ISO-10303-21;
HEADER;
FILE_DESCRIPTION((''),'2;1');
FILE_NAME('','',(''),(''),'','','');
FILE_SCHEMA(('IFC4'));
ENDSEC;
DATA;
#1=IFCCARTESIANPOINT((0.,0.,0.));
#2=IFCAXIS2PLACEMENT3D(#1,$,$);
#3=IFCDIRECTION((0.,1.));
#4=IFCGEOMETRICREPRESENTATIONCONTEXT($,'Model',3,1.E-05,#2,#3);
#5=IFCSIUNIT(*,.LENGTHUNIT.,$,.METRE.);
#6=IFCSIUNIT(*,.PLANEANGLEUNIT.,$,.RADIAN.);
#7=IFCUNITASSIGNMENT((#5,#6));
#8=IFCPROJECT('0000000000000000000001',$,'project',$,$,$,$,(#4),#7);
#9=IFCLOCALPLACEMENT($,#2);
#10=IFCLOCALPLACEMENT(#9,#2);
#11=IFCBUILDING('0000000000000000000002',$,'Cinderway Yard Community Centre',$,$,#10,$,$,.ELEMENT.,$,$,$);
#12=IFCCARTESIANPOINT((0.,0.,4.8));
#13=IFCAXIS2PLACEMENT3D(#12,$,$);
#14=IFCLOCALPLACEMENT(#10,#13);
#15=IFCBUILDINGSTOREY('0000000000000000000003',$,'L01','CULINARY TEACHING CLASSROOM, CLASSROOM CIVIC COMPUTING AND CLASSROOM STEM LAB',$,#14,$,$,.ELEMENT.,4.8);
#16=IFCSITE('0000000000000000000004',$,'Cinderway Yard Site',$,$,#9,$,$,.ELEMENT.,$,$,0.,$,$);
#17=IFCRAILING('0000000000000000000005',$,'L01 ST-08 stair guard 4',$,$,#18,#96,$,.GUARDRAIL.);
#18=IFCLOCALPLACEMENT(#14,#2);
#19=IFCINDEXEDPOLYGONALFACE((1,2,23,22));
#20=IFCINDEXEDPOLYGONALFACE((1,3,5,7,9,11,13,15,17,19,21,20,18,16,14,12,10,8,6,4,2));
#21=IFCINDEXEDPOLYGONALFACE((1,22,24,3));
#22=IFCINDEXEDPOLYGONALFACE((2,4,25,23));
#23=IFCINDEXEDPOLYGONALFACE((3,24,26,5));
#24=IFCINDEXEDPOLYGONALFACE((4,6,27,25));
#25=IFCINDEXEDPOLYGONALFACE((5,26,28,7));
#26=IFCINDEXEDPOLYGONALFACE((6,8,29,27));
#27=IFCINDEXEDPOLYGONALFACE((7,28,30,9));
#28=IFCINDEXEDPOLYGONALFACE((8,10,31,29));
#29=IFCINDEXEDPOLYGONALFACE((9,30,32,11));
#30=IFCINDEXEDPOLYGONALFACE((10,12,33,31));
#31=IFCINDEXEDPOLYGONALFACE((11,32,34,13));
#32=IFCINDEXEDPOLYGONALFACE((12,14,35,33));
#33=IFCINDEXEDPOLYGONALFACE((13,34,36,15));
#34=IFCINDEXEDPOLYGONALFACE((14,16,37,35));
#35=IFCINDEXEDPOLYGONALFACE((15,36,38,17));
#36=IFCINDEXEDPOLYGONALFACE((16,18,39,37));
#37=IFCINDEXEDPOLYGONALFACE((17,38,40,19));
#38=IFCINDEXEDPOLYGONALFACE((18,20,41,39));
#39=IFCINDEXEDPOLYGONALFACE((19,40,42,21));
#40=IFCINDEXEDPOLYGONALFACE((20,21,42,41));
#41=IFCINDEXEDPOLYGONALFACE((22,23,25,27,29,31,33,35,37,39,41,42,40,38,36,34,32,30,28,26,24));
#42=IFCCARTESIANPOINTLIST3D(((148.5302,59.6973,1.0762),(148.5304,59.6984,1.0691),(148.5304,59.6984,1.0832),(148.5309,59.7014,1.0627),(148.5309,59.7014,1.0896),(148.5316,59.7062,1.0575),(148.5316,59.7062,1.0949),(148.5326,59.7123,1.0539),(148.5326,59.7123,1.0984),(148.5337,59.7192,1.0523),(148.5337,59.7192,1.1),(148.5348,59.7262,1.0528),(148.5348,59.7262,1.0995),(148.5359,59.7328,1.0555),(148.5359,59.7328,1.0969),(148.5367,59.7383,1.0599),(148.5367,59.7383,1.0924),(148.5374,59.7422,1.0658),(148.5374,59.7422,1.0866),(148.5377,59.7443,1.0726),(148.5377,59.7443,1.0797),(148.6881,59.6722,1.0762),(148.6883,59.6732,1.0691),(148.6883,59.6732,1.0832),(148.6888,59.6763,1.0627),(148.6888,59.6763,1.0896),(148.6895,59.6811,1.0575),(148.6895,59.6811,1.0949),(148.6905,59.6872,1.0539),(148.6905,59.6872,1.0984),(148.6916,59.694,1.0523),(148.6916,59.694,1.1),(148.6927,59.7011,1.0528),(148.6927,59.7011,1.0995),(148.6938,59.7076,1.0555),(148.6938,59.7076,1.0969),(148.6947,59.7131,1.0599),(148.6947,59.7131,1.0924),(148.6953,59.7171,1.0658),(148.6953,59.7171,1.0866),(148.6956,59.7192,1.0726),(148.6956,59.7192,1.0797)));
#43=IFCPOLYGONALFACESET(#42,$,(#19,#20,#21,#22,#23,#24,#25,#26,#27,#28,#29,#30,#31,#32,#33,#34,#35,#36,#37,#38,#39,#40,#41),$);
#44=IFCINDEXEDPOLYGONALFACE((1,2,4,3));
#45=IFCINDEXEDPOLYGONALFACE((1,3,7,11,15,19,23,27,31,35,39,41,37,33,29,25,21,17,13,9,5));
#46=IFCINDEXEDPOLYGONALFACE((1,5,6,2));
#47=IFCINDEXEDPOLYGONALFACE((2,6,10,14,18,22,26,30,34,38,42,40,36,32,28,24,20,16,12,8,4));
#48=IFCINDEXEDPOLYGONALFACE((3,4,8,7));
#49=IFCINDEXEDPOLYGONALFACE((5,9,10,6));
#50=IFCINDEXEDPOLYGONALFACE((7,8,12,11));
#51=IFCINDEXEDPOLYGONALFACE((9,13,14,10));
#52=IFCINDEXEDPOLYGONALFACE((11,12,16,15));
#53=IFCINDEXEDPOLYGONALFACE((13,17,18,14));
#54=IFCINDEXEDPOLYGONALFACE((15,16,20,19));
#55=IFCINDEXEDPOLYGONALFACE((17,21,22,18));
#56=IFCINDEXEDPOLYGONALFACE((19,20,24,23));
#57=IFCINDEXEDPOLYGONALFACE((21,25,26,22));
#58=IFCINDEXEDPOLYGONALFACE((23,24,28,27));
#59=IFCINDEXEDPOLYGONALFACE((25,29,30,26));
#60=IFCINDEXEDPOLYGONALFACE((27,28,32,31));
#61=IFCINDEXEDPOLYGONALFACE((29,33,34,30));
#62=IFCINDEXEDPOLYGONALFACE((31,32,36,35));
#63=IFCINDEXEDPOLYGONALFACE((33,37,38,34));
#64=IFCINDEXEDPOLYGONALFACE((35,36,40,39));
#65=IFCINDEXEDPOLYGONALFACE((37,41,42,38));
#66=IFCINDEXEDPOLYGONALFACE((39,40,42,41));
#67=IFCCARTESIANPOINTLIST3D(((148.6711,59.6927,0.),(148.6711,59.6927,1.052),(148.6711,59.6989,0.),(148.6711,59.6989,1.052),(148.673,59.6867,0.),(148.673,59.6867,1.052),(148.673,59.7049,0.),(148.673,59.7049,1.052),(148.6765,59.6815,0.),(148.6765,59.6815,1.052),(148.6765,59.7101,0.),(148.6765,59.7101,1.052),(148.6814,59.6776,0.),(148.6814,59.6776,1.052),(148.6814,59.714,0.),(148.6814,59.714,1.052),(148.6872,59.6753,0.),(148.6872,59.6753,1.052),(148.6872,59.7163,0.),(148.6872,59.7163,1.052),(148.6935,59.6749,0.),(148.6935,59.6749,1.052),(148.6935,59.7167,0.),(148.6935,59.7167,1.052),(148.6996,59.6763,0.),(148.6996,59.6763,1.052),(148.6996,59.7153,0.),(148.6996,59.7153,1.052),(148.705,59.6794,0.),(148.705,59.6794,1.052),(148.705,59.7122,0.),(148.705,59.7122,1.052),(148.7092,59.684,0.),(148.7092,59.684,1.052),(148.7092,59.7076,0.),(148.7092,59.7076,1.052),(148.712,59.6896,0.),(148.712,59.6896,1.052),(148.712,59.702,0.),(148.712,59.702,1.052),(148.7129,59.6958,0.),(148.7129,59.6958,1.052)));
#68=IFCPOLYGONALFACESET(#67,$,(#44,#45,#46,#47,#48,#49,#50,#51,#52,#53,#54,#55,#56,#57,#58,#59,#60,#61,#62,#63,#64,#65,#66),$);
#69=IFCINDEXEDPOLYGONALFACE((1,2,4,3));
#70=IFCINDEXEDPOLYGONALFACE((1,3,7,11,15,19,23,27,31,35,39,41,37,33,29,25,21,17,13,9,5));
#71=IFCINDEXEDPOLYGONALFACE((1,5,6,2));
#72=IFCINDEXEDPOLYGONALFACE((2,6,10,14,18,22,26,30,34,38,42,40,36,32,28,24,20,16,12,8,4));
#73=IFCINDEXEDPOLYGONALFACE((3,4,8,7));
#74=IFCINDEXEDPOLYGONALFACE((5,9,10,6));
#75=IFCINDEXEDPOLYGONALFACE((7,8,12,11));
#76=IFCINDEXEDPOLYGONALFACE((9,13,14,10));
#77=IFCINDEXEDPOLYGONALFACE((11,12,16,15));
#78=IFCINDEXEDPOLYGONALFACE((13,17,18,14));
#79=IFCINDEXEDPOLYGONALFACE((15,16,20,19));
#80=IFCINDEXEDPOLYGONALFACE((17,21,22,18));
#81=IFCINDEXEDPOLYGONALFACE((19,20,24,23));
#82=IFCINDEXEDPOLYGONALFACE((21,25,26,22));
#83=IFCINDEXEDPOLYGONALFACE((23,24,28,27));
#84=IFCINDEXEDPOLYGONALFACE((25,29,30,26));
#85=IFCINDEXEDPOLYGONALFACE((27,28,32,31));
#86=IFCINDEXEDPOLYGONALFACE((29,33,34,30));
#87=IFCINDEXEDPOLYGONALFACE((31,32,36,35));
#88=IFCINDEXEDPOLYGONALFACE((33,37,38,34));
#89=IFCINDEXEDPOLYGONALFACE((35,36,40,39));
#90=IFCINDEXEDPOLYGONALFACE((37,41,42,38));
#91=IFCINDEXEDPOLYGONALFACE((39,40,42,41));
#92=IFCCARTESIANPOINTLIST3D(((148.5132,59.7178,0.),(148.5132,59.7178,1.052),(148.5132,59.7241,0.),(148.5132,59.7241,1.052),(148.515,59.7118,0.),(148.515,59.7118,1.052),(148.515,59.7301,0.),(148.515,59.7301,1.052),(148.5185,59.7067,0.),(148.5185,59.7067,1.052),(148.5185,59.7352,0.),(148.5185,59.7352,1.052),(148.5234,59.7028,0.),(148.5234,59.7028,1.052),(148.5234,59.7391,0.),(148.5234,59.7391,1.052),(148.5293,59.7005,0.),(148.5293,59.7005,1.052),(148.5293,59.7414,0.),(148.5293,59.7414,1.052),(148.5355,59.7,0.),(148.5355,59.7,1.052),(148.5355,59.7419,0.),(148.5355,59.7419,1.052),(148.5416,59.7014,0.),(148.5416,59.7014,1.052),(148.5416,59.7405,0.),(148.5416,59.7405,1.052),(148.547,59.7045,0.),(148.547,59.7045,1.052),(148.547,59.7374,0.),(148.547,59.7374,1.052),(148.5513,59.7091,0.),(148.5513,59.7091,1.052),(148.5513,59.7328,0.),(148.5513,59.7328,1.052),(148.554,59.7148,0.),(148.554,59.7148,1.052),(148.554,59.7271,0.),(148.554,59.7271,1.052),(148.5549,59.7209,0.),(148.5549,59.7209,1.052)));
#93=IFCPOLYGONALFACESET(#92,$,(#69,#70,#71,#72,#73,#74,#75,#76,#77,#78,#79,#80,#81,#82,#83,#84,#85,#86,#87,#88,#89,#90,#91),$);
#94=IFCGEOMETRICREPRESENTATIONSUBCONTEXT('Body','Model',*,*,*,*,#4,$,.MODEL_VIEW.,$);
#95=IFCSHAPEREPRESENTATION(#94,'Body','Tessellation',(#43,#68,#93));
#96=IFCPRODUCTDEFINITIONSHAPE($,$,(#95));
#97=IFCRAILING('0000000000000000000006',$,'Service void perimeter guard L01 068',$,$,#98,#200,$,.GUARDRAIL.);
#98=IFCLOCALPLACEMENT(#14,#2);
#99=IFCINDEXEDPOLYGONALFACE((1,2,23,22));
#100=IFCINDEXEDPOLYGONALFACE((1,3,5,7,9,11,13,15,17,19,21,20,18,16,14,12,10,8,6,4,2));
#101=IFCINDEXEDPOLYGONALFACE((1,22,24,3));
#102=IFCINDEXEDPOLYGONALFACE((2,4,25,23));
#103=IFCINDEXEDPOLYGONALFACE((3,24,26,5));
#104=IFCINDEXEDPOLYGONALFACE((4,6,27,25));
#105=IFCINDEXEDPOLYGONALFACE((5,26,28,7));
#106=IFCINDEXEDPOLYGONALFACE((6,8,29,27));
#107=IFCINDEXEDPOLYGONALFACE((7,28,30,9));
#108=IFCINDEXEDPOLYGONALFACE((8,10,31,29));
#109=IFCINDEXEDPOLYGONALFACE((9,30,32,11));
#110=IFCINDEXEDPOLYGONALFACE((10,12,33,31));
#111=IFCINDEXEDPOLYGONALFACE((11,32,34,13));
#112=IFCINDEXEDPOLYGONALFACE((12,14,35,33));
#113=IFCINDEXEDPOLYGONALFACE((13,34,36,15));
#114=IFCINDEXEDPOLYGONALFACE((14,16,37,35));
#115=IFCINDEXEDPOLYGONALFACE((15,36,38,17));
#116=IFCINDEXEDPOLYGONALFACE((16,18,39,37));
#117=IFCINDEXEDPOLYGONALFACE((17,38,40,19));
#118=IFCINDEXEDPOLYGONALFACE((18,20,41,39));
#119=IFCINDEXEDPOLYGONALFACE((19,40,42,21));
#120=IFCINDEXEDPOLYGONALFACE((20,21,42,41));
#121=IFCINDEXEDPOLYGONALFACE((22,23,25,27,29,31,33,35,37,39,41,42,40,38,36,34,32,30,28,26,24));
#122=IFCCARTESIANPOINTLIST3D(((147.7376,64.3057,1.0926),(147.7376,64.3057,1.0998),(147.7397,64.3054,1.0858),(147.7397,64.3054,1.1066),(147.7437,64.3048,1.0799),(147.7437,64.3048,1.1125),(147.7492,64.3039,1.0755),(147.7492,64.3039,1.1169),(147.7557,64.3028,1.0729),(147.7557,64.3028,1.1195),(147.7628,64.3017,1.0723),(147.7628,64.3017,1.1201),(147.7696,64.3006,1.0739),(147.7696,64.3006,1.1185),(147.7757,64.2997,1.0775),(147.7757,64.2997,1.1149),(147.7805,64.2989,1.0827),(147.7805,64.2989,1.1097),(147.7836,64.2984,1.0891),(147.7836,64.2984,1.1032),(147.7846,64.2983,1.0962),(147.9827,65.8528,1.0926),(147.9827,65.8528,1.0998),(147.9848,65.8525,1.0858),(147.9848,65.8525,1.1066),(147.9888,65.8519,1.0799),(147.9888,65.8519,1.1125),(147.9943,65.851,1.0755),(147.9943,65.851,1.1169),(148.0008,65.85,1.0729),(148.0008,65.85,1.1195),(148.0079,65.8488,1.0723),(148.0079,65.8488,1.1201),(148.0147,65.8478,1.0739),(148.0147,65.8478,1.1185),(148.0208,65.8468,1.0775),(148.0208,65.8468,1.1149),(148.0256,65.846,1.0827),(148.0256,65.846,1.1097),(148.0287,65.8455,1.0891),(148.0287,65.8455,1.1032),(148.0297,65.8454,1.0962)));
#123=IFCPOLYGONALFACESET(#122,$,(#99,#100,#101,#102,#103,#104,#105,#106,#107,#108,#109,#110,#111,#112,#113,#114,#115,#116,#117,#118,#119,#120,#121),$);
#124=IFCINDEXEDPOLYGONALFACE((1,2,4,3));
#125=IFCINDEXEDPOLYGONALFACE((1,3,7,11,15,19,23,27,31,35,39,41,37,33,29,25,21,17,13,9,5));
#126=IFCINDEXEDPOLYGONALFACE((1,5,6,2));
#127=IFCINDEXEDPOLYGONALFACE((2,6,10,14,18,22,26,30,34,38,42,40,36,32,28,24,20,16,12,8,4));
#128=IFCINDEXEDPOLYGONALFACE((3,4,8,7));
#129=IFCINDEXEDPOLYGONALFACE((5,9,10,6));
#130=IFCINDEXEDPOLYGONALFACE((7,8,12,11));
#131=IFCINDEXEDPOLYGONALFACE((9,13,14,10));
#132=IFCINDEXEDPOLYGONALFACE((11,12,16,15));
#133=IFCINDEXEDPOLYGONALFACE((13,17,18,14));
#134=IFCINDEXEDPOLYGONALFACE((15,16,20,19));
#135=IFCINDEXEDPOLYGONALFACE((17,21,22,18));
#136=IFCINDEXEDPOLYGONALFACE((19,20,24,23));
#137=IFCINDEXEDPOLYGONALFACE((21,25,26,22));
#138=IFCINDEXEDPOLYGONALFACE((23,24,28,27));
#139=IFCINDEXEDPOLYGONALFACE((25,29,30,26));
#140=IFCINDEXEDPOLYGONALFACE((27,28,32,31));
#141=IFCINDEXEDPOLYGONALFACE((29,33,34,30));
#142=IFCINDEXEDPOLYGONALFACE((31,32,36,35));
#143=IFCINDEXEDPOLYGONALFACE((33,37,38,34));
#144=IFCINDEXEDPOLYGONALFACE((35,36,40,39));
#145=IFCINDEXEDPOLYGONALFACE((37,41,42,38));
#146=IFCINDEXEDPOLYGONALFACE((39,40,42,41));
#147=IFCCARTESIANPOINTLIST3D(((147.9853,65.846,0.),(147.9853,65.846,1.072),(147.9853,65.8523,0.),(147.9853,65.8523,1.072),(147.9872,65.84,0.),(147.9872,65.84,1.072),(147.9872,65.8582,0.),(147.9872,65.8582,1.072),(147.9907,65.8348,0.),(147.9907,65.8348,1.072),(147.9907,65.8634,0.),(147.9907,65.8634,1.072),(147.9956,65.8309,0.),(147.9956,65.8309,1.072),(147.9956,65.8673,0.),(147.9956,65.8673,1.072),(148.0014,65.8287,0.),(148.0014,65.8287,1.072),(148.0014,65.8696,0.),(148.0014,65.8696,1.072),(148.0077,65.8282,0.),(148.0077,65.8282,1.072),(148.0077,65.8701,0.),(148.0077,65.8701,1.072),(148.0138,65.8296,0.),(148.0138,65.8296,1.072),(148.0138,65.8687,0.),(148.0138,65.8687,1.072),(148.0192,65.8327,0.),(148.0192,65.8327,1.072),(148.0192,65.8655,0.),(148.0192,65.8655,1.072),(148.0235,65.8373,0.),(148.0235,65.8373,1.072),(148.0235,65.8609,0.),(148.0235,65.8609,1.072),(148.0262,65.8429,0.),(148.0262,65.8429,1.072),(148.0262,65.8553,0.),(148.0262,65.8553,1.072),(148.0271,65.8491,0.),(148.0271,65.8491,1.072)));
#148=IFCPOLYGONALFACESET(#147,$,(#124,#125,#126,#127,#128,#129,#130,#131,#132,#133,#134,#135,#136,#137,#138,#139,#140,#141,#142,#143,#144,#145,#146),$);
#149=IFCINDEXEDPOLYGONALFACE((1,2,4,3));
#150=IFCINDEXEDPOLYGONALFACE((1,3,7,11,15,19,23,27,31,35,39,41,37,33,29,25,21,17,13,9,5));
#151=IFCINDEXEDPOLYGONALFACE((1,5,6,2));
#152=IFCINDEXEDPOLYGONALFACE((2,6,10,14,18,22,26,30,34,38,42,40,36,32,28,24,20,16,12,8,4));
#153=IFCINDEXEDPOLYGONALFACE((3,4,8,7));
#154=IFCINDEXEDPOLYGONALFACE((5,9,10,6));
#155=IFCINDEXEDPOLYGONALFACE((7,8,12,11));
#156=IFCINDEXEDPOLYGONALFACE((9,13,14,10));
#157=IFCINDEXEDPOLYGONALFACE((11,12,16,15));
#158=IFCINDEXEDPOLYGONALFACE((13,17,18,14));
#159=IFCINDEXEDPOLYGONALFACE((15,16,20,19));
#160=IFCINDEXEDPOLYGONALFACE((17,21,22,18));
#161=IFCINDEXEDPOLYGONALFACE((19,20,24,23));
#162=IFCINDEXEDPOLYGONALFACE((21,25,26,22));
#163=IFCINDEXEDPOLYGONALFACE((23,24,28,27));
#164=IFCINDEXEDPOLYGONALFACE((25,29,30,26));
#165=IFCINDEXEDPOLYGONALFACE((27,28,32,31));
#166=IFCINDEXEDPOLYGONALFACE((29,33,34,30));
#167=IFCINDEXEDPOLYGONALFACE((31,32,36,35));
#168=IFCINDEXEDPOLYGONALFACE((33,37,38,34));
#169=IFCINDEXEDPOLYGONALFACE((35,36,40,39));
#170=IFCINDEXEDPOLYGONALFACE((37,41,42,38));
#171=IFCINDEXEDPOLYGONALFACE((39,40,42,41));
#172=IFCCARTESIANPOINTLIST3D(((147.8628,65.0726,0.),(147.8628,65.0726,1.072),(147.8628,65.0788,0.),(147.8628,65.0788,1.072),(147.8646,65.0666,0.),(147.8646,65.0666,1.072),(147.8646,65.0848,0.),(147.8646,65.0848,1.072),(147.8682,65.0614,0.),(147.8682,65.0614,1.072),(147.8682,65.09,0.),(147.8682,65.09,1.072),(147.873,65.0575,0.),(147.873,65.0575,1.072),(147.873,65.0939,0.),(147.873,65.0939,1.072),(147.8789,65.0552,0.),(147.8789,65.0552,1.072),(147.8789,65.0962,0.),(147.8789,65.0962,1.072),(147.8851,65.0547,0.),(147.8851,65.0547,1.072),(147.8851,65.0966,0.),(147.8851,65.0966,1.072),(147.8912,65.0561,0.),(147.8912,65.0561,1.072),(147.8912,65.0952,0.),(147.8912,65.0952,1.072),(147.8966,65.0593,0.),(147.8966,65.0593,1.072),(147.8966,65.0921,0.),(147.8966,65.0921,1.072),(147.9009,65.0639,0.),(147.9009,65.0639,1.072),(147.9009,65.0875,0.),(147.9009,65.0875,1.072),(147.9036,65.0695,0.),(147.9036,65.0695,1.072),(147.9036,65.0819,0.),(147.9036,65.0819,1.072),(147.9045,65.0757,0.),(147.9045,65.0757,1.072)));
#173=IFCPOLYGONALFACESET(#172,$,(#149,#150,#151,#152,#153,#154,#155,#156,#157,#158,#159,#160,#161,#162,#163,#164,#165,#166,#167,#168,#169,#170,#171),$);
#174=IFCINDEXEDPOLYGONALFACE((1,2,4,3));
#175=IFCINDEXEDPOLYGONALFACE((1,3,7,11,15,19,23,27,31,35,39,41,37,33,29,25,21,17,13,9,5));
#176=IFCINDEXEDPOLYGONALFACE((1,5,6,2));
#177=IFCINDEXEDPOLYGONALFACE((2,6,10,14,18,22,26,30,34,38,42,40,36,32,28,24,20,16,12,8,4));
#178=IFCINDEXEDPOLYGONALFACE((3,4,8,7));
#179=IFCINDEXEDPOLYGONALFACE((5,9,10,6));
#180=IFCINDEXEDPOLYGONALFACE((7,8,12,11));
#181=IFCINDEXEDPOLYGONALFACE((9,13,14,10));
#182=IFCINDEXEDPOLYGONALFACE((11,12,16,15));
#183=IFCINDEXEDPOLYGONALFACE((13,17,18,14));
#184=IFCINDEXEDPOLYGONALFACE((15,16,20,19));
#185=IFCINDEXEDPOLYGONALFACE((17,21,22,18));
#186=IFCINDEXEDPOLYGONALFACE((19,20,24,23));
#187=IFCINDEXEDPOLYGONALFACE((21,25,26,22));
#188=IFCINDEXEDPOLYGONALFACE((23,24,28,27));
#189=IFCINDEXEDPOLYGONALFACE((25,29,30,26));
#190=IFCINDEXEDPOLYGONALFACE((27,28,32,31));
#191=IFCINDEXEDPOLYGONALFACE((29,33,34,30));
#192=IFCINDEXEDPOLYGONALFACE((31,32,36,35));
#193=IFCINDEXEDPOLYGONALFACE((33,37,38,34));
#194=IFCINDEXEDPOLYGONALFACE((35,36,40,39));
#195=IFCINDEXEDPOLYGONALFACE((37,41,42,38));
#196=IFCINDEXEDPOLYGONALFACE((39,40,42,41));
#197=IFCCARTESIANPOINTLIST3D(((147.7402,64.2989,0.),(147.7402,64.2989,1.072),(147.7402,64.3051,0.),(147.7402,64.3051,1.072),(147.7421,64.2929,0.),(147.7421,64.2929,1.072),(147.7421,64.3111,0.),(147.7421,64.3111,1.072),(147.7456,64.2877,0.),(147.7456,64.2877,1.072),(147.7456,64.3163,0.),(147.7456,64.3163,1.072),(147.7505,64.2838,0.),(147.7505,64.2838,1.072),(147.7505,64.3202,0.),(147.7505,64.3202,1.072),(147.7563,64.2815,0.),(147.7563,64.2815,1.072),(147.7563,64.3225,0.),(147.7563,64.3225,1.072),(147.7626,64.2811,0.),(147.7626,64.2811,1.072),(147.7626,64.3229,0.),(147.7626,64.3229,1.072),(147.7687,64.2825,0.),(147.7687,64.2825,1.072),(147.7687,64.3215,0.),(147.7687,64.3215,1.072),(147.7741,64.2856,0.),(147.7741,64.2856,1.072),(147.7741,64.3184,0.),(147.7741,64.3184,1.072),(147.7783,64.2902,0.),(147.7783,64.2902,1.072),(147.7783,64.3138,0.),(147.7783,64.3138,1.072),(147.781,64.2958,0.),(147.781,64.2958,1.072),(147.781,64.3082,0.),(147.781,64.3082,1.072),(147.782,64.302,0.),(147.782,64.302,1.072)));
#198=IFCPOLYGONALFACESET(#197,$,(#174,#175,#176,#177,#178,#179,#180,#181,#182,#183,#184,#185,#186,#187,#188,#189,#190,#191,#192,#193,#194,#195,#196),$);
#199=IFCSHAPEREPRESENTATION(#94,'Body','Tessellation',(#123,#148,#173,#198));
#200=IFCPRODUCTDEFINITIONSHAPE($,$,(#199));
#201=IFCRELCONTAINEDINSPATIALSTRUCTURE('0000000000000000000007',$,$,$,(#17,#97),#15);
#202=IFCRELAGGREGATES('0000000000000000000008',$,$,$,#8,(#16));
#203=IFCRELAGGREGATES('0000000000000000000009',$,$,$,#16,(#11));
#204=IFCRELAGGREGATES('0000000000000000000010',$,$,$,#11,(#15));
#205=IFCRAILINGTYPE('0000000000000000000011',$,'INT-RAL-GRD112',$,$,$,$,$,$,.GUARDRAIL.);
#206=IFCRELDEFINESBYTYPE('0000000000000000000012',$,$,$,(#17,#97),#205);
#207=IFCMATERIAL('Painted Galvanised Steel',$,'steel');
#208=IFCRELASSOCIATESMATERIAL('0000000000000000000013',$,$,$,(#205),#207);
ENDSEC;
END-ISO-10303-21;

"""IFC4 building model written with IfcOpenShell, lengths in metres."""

from ifc_helpers import new_model, si_unit, direction, frame, origin, origin_2d, place, context, subcontext, project, spatial, circle, extrude, material, type_object, element, save


model = new_model("IFC4")

# Units and contexts
model_context = context("Model", 3, precision=1e-05, world=origin(), true_north=direction((0.0, 1.0)))
body_context = subcontext(model_context, "Body", "Model", "MODEL_VIEW")
ifc_project = project(units=[si_unit("LENGTHUNIT", "METRE"), si_unit("PLANEANGLEUNIT", "RADIAN")], contexts=[model_context])

# Site, building, storey
site_placement = place(None, origin())
site = spatial("IfcSite", under=ifc_project, at=site_placement, Name="Cinderway Yard Site", CompositionType="ELEMENT", RefElevation=0.0)
building_placement = place(site_placement, origin())
building = spatial("IfcBuilding", under=site, at=building_placement, Name="Cinderway Yard Community Centre", CompositionType="ELEMENT")
storey_placement = place(building_placement, frame((0.0, 0.0, 4.8)))
storey = spatial("IfcBuildingStorey", under=building, at=storey_placement, Name="L01", Description="CULINARY TEACHING CLASSROOM, CLASSROOM CIVIC COMPUTING AND CLASSROOM STEM LAB", CompositionType="ELEMENT", Elevation=4.8)

# Railings
ifc_material_1 = material(Name="Painted Galvanised Steel", Category="steel")
railing_type_1 = type_object("IfcRailingType", Name="INT-RAL-GRD112", PredefinedType="GUARDRAIL", material=ifc_material_1)
railing_1_placement = place(storey_placement, frame((148.6919, 59.6958, 0.0)))
element("IfcRailing", 1, at=railing_1_placement, inside=storey, type_object=railing_type_1, Name="L01 ST-08 stair guard 4", PredefinedType="GUARDRAIL", context=body_context, shape_type="SweptSolid", body=[
    extrude(circle(Radius=0.0239, at=origin_2d()), frame((0.0, 0.0, 1.0762), z_axis=(-0.987564, 0.157217, 0.0), x_axis=(-0.157217, -0.987564, 0.0)), (0.0, 0.0, 1.0), 0.1599),
    extrude(circle(Radius=0.021, at=origin_2d()), origin(), (0.0, 0.0, 1.0), 1.052),
    extrude(circle(Radius=0.021, at=origin_2d()), frame((-0.158, 0.0251, 0.0)), (0.0, 0.0, 1.0), 1.052),
])
railing_2_placement = place(storey_placement, frame((148.0061, 65.8491, 0.0)))
element("IfcRailing", 2, at=railing_2_placement, inside=storey, type_object=railing_type_1, Name="Service void perimeter guard L01 068", PredefinedType="GUARDRAIL", context=body_context, shape_type="SweptSolid", body=[
    extrude(circle(Radius=0.0239, at=origin_2d()), frame((0.0, 0.0, 1.0962), z_axis=(-0.156483, -0.987681, 0.0), x_axis=(0.987681, -0.156483, 0.0)), (0.0, 0.0, 1.0), 1.5664),
    extrude(circle(Radius=0.021, at=origin_2d()), origin(), (0.0, 0.0, 1.0), 1.072),
    extrude(circle(Radius=0.021, at=origin_2d()), frame((-0.1226, -0.7734, 0.0)), (0.0, 0.0, 1.0), 1.072),
    extrude(circle(Radius=0.021, at=origin_2d()), frame((-0.2451, -1.5471, 0.0)), (0.0, 0.0, 1.0), 1.072),
])

save(model, "model.ifc")
